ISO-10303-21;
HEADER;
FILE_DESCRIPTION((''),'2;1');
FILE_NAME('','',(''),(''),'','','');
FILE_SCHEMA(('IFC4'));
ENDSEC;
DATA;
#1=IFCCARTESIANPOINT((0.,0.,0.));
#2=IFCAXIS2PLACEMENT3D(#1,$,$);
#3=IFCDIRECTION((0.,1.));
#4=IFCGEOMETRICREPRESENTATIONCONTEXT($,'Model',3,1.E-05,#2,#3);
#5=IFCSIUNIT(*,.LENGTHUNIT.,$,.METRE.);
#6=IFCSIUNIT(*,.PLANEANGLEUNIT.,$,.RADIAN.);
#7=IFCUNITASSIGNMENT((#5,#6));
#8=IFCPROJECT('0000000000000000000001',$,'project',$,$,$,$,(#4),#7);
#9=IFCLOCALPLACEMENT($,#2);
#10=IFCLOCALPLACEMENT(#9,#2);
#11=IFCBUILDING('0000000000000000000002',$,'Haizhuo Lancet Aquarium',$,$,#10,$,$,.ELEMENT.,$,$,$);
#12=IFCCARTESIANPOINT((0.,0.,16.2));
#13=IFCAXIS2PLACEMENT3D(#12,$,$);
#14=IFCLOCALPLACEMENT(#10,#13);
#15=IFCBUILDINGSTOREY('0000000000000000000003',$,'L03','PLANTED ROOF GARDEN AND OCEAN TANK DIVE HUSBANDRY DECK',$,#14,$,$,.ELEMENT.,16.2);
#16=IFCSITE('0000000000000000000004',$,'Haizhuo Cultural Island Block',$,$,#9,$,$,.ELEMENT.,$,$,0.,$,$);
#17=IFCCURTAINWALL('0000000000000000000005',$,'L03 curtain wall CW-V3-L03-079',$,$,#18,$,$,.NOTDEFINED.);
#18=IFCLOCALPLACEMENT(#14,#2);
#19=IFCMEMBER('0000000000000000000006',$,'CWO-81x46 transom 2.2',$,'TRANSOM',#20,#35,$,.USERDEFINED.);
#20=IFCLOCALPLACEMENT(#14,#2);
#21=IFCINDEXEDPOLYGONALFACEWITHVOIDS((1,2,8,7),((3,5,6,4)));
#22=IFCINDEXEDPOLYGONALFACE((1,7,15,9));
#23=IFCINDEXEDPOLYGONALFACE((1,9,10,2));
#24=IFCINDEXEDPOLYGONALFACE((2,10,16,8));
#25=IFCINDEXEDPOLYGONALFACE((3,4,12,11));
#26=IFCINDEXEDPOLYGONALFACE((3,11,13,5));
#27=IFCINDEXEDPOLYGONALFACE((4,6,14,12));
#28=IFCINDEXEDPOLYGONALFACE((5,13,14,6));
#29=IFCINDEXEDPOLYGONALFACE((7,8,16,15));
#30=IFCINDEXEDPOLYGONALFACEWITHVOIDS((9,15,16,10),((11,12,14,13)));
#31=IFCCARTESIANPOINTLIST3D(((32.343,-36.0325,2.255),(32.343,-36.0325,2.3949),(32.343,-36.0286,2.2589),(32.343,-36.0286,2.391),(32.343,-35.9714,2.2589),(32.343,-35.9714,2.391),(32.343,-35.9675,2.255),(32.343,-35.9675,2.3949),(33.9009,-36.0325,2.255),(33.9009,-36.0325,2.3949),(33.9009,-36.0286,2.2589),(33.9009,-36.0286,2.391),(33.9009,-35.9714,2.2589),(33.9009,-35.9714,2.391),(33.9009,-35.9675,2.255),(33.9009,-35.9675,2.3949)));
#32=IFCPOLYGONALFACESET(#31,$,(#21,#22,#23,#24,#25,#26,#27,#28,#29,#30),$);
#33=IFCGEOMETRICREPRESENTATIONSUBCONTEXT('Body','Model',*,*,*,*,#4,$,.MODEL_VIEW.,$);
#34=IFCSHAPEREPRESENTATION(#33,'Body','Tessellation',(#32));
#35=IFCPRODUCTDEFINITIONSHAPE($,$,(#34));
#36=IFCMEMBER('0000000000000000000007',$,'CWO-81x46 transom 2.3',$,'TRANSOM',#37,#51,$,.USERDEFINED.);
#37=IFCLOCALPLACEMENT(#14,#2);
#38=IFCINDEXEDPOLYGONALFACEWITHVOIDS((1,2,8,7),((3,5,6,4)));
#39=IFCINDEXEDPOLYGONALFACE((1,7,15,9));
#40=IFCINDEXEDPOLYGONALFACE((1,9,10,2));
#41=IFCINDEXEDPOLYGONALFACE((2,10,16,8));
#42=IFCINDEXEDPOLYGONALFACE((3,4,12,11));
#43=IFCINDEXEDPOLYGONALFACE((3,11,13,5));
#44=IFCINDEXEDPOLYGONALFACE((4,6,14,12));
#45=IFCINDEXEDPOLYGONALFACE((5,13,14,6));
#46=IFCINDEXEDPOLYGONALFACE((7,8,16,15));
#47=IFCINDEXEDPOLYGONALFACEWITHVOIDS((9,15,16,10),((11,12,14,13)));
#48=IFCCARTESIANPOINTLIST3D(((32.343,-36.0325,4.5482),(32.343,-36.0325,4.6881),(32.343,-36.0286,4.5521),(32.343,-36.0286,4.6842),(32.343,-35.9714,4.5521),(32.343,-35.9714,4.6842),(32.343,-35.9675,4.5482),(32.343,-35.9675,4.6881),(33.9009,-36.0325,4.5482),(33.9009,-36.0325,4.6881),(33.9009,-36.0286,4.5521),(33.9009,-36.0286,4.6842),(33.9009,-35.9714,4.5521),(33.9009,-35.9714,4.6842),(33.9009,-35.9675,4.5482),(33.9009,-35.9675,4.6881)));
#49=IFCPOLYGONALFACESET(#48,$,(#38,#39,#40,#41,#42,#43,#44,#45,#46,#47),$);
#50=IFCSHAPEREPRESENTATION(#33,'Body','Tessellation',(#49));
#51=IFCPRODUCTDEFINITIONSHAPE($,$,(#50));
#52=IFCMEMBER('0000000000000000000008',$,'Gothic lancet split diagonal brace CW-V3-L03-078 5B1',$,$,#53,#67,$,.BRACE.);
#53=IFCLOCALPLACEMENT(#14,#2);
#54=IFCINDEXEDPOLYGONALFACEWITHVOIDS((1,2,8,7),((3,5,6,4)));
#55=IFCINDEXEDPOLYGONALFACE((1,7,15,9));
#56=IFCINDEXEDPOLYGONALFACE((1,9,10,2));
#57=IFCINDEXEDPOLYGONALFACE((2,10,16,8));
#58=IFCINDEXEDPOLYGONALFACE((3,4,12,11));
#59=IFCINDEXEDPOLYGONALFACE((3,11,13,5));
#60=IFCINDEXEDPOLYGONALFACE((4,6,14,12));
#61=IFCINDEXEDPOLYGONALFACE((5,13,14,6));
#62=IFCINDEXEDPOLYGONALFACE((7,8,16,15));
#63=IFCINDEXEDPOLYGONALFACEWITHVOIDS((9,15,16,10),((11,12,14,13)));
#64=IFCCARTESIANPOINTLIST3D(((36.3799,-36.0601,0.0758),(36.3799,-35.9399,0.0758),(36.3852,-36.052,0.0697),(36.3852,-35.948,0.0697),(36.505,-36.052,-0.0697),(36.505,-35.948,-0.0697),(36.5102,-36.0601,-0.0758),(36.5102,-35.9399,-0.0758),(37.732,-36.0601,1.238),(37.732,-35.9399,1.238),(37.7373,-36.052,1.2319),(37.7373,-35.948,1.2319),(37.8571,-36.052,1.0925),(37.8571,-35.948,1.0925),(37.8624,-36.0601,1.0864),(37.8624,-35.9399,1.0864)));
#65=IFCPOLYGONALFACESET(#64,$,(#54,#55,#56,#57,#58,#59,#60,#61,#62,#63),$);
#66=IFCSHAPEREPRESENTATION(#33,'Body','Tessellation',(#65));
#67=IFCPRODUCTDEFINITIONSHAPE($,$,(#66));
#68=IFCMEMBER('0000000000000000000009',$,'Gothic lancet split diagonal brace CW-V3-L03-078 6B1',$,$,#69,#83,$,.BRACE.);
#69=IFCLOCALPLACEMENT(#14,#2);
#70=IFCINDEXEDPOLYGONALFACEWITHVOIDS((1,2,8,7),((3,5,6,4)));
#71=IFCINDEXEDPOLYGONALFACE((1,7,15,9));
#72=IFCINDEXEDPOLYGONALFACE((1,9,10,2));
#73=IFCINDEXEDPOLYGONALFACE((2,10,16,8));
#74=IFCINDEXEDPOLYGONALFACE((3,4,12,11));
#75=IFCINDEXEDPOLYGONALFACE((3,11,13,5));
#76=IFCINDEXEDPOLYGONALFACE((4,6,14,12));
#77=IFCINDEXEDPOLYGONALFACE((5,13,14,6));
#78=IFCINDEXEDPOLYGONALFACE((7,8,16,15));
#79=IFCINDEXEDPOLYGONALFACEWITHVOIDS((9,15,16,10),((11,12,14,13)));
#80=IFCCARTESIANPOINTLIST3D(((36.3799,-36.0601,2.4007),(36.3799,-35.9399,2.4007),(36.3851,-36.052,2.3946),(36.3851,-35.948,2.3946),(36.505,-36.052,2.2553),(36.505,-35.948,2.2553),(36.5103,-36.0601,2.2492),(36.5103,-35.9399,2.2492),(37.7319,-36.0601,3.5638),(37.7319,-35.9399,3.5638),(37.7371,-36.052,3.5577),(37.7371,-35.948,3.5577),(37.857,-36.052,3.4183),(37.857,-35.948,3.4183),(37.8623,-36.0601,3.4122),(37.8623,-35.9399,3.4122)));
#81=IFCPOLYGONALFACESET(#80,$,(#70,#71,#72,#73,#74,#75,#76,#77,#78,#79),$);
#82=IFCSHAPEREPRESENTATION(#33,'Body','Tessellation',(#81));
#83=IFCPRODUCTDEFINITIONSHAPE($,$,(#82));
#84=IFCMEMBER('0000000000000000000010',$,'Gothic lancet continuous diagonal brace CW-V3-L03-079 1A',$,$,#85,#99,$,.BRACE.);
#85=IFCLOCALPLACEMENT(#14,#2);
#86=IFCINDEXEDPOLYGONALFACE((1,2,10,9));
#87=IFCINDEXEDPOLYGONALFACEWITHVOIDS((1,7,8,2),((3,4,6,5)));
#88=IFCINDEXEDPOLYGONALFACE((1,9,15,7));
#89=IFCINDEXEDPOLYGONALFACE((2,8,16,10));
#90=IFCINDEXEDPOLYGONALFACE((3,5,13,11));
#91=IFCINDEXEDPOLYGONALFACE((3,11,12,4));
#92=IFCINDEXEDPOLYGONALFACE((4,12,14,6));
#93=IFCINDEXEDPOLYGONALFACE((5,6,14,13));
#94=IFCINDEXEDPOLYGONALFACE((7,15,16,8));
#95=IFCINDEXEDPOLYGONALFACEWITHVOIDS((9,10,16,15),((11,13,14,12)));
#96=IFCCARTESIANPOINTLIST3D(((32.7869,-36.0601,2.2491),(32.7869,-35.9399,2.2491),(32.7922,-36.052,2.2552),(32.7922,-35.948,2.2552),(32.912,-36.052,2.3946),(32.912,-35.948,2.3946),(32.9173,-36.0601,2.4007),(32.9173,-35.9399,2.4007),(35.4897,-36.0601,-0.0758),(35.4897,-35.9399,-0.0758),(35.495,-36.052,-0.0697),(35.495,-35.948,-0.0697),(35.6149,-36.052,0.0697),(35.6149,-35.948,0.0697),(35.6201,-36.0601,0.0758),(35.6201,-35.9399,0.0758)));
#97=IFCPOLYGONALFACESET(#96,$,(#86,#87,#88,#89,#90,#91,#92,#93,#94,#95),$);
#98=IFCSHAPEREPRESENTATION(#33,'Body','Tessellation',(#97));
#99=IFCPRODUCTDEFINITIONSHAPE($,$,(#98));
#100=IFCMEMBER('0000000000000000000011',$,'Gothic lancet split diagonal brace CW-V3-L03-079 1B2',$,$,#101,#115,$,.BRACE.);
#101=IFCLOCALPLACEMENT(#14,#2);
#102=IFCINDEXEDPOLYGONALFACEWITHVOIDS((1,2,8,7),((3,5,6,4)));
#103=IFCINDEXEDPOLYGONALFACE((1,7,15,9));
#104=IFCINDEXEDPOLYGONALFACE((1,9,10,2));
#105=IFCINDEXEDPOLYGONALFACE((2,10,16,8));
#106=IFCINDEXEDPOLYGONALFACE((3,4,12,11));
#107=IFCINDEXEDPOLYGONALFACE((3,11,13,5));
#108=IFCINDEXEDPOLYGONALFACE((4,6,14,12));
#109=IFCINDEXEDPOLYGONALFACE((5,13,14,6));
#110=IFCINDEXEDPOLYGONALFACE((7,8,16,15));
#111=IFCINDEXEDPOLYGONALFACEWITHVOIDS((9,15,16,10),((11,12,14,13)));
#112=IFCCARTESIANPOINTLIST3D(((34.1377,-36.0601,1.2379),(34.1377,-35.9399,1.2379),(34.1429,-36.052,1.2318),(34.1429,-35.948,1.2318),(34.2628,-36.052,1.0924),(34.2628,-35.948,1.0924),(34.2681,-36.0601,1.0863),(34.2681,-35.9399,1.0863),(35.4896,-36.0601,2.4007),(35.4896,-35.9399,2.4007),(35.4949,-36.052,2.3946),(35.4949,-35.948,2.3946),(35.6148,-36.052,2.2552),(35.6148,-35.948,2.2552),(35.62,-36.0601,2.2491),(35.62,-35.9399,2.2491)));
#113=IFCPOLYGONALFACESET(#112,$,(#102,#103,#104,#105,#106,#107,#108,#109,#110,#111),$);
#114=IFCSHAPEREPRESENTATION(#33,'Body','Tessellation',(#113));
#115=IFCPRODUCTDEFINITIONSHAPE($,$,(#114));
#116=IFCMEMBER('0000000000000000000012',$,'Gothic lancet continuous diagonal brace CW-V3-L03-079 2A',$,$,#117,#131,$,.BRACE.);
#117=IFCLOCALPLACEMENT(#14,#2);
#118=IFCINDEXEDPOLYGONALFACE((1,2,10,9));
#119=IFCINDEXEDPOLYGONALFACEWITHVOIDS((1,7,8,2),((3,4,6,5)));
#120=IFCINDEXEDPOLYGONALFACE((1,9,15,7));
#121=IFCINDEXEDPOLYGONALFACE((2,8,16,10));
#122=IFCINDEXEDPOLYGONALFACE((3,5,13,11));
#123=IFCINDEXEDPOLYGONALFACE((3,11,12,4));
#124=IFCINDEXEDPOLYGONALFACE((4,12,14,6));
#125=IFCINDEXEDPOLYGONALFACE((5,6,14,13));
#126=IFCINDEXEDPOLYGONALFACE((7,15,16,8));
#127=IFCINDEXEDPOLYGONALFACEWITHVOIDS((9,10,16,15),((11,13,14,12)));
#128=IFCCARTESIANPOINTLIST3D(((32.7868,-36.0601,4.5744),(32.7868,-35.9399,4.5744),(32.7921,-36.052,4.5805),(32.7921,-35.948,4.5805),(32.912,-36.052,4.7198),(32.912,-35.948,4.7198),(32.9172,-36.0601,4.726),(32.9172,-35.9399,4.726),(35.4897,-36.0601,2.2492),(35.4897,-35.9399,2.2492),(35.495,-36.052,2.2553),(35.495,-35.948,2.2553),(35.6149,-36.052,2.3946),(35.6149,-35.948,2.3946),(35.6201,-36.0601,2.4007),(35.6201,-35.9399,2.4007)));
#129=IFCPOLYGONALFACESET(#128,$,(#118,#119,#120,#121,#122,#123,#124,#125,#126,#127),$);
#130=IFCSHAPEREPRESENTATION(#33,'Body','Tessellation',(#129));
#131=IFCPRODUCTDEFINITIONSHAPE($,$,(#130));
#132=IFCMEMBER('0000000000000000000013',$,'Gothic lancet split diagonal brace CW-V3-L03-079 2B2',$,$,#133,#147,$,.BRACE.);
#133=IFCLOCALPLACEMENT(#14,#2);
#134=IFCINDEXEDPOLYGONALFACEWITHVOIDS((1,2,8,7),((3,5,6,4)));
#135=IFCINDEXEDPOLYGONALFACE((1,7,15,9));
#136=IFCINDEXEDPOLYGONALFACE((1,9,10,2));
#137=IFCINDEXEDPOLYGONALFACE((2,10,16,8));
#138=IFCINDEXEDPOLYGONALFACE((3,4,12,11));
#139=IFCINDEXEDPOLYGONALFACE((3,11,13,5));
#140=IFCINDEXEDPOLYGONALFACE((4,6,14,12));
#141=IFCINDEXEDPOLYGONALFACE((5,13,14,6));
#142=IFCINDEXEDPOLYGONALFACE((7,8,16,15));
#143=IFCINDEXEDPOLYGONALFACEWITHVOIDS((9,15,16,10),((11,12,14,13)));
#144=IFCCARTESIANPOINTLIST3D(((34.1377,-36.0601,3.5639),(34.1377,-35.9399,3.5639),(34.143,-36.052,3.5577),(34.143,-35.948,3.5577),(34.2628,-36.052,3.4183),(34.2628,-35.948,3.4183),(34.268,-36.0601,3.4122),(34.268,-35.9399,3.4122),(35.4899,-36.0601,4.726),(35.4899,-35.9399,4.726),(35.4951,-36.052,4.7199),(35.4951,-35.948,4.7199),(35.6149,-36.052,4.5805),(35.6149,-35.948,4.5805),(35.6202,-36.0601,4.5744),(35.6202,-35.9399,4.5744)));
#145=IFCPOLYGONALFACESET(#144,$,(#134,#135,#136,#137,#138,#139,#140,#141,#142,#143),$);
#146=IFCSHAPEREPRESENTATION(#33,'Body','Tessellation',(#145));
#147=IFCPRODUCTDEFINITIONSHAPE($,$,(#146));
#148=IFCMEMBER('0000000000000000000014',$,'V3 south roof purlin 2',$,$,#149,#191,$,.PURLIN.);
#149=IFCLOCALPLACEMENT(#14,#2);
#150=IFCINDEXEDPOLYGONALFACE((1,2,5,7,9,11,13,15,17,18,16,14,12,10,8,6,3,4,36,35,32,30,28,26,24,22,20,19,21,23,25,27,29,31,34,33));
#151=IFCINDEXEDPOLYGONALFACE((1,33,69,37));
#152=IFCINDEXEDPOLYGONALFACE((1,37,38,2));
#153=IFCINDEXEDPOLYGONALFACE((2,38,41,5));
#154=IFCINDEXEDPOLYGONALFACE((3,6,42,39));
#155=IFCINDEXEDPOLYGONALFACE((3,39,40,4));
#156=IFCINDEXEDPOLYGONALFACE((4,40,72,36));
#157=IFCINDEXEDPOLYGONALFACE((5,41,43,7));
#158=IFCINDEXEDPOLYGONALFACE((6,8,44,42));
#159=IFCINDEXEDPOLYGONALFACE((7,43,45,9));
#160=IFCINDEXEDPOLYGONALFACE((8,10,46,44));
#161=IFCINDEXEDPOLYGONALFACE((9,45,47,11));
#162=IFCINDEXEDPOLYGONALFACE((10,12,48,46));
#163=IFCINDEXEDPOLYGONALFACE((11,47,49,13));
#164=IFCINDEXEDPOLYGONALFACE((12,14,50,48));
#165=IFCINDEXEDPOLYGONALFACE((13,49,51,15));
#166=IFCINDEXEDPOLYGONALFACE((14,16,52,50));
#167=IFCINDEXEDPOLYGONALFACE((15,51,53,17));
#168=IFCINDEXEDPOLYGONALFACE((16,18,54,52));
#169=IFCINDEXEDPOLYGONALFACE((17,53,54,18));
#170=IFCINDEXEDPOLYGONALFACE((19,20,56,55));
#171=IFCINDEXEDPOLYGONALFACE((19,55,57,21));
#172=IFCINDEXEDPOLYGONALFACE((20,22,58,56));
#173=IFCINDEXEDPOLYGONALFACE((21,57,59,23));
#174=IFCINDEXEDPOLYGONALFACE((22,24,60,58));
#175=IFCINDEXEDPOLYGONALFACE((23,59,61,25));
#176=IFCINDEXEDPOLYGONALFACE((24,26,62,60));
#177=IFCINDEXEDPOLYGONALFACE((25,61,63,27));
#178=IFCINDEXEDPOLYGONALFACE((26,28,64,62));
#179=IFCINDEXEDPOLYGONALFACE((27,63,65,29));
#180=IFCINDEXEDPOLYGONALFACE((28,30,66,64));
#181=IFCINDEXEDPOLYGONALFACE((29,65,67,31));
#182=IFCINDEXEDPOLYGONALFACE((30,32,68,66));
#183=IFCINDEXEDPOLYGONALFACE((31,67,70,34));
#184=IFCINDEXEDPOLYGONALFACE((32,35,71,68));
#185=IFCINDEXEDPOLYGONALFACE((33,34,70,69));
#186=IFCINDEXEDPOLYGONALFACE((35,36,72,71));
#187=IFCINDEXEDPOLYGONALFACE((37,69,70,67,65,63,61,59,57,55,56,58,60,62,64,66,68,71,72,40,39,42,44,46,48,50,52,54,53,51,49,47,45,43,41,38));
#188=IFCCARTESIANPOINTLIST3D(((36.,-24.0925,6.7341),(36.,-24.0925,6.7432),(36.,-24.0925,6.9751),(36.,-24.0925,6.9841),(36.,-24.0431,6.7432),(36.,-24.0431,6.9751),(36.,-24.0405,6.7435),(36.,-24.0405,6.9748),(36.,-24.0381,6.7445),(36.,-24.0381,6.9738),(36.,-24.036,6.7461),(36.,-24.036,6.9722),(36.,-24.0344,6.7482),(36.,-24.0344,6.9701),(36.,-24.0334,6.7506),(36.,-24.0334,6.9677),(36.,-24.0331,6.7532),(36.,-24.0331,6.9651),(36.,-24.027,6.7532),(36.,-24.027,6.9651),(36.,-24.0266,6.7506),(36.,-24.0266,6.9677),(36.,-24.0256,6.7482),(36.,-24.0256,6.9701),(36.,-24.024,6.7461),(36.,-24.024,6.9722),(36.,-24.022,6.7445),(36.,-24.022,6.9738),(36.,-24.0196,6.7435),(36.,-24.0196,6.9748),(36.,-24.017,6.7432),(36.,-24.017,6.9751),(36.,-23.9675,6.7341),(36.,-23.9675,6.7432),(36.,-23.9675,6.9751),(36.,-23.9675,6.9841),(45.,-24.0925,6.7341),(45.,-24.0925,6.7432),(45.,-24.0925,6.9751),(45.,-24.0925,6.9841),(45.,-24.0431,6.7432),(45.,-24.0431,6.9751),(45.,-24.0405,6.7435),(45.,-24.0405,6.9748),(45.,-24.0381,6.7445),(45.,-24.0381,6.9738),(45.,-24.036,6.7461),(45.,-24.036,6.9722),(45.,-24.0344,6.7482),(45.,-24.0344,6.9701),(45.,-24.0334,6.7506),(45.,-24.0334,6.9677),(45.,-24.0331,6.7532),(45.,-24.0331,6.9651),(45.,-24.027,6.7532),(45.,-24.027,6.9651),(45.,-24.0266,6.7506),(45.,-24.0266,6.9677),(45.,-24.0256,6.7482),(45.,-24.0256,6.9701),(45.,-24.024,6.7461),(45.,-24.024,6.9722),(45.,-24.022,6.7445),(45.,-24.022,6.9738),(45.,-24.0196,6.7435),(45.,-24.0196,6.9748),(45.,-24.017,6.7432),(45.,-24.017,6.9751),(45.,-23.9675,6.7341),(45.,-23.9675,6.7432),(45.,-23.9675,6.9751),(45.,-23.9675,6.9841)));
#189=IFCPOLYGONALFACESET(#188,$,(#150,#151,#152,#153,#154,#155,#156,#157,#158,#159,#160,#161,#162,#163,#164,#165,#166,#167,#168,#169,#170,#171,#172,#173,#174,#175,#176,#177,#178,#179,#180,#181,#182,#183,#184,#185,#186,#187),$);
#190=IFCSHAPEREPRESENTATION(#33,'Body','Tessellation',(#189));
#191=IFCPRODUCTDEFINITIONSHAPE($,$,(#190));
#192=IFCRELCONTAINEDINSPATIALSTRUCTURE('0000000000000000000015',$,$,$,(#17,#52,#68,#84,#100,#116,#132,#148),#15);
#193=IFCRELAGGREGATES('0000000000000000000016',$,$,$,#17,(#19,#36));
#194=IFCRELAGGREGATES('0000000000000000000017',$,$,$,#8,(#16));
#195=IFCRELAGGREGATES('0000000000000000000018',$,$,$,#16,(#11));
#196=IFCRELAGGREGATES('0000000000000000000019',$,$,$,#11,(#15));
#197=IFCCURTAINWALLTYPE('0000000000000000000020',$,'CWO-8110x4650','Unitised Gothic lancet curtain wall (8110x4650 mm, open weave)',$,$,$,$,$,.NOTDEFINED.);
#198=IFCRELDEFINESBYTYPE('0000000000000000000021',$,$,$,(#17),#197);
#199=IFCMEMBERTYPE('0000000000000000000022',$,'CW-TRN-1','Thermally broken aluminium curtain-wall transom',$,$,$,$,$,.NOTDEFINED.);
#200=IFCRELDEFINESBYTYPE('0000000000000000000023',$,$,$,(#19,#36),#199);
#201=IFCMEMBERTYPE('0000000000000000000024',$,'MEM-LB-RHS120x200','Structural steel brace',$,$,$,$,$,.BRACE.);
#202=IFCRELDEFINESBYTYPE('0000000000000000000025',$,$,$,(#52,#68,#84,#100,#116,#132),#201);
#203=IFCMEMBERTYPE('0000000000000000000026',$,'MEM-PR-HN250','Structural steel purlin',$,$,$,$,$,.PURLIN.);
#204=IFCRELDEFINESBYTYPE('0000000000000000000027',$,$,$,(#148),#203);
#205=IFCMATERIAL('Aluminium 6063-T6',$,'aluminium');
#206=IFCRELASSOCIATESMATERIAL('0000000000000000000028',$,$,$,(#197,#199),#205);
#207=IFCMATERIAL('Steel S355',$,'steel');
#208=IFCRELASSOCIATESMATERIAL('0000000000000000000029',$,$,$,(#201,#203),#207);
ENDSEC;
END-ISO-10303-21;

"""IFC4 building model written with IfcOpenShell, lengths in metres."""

from ifc_helpers import new_model, si_unit, direction, frame, origin, origin_2d, place, context, subcontext, project, spatial, hollow_rectangle, i_section, extrude, material, material_profile, profile_set, type_object, element, aggregate, save


model = new_model("IFC4")

# Units and contexts
model_context = context("Model", 3, precision=1e-05, world=origin(), true_north=direction((0.0, 1.0)))
body_context = subcontext(model_context, "Body", "Model", "MODEL_VIEW")
ifc_project = project(units=[si_unit("LENGTHUNIT", "METRE"), si_unit("PLANEANGLEUNIT", "RADIAN")], contexts=[model_context])

# Site, building, storey
site_placement = place(None, origin())
site = spatial("IfcSite", under=ifc_project, at=site_placement, Name="Haizhuo Cultural Island Block", CompositionType="ELEMENT", RefElevation=0.0)
building_placement = place(site_placement, origin())
building = spatial("IfcBuilding", under=site, at=building_placement, Name="Haizhuo Lancet Aquarium", CompositionType="ELEMENT")
storey_placement = place(building_placement, frame((0.0, 0.0, 16.2)))
storey = spatial("IfcBuildingStorey", under=building, at=storey_placement, Name="L03", Description="PLANTED ROOF GARDEN AND OCEAN TANK DIVE HUSBANDRY DECK", CompositionType="ELEMENT", Elevation=16.2)

# Curtain wall, members
ifc_material_1 = material(Name="Aluminium 6063-T6", Category="aluminium")
curtain_wall_type = type_object("IfcCurtainWallType", Name="CWO-8110x4650", Description="Unitised Gothic lancet curtain wall (8110x4650 mm, open weave)", PredefinedType="NOTDEFINED", material=ifc_material_1)
curtain_wall_placement = place(storey_placement, origin())
curtain_wall = element("IfcCurtainWall", 1, at=curtain_wall_placement, inside=storey, type_object=curtain_wall_type, Name="L03 curtain wall CW-V3-L03-079", PredefinedType="NOTDEFINED")
ifc_material_profile_1 = material_profile(ifc_material_1, hollow_rectangle(XDim=0.0649, YDim=0.1399, WallThickness=0.0039, at=origin_2d()), Name="ALU-T 65x140x4")
ifc_profile_set_1 = profile_set([ifc_material_profile_1], Name="Aluminium 6063-T6")
member_type_1 = type_object("IfcMemberType", Name="CW-TRN-1", Description="Thermally broken aluminium curtain-wall transom", PredefinedType="NOTDEFINED", material=ifc_profile_set_1)
member_1_placement = place(storey_placement, frame((33.9009, -36.0, 2.325), z_axis=(-1.0, 0.0, 0.0), x_axis=(0.0, -1.0, 0.0)))
member_1 = element("IfcMember", 2, at=member_1_placement, type_object=member_type_1, Name="CWO-81x46 transom 2.2", ObjectType="TRANSOM", PredefinedType="USERDEFINED", context=body_context, shape_type="SweptSolid", body=[
    extrude(hollow_rectangle(XDim=0.0649, YDim=0.1399, WallThickness=0.0039, at=origin_2d()), origin(), (0.0, 0.0, 1.0), 1.5579),
])
member_2_placement = place(storey_placement, frame((33.9009, -36.0, 4.6182), z_axis=(-1.0, 0.0, 0.0), x_axis=(0.0, -1.0, 0.0)))
member_2 = element("IfcMember", 3, at=member_2_placement, type_object=member_type_1, Name="CWO-81x46 transom 2.3", ObjectType="TRANSOM", PredefinedType="USERDEFINED", context=body_context, shape_type="SweptSolid", body=[
    extrude(hollow_rectangle(XDim=0.0649, YDim=0.1399, WallThickness=0.0039, at=origin_2d()), origin(), (0.0, 0.0, 1.0), 1.5579),
])

# Members
ifc_material_2 = material(Name="Steel S355", Category="steel")
ifc_material_profile_2 = material_profile(ifc_material_2, hollow_rectangle(XDim=0.1201, YDim=0.2, WallThickness=0.0081, at=origin_2d()), Name="RHS 120x200x8")
ifc_profile_set_2 = profile_set([ifc_material_profile_2], Name="Steel S355")
member_type_2 = type_object("IfcMemberType", Name="MEM-LB-RHS120x200", Description="Structural steel brace", PredefinedType="BRACE", material=ifc_profile_set_2)
member_3_placement = place(storey_placement, frame((36.4451, -36.0, 0.0), z_axis=(0.758367, 0.0, 0.651828), x_axis=(0.0, 1.0, 0.0)))
element("IfcMember", 4, at=member_3_placement, inside=storey, type_object=member_type_2, Name="Gothic lancet split diagonal brace CW-V3-L03-078 5B1", PredefinedType="BRACE", context=body_context, shape_type="SweptSolid", body=[
    extrude(hollow_rectangle(XDim=0.1201, YDim=0.2, WallThickness=0.0081, at=origin_2d()), origin(), (0.0, 0.0, 1.0), 1.783),
])
member_4_placement = place(storey_placement, frame((36.4451, -36.0, 2.325), z_axis=(0.758096, 0.0, 0.652143), x_axis=(0.0, 1.0, 0.0)))
element("IfcMember", 5, at=member_4_placement, inside=storey, type_object=member_type_2, Name="Gothic lancet split diagonal brace CW-V3-L03-078 6B1", PredefinedType="BRACE", context=body_context, shape_type="SweptSolid", body=[
    extrude(hollow_rectangle(XDim=0.1201, YDim=0.2, WallThickness=0.0081, at=origin_2d()), origin(), (0.0, 0.0, 1.0), 1.7834),
])
member_5_placement = place(storey_placement, frame((35.5549, -36.0, 0.0), z_axis=(-0.75812, 0.0, 0.652116), x_axis=(0.0, -1.0, 0.0)))
element("IfcMember", 6, at=member_5_placement, inside=storey, type_object=member_type_2, Name="Gothic lancet continuous diagonal brace CW-V3-L03-079 1A", PredefinedType="BRACE", context=body_context, shape_type="SweptSolid", body=[
    extrude(hollow_rectangle(XDim=0.1201, YDim=0.2, WallThickness=0.0081, at=origin_2d()), origin(), (0.0, 0.0, 1.0), 3.5652),
])
member_6_placement = place(storey_placement, frame((34.2029, -36.0, 1.1621), z_axis=(0.758164, 0.0, 0.652064), x_axis=(0.0, 1.0, 0.0)))
element("IfcMember", 7, at=member_6_placement, inside=storey, type_object=member_type_2, Name="Gothic lancet split diagonal brace CW-V3-L03-079 1B2", PredefinedType="BRACE", context=body_context, shape_type="SweptSolid", body=[
    extrude(hollow_rectangle(XDim=0.1201, YDim=0.2, WallThickness=0.0081, at=origin_2d()), origin(), (0.0, 0.0, 1.0), 1.7832),
])
member_7_placement = place(storey_placement, frame((35.5549, -36.0, 2.325), z_axis=(-0.758086, 0.0, 0.652155), x_axis=(0.0, -1.0, 0.0)))
element("IfcMember", 8, at=member_7_placement, inside=storey, type_object=member_type_2, Name="Gothic lancet continuous diagonal brace CW-V3-L03-079 2A", PredefinedType="BRACE", context=body_context, shape_type="SweptSolid", body=[
    extrude(hollow_rectangle(XDim=0.1201, YDim=0.2, WallThickness=0.0081, at=origin_2d()), origin(), (0.0, 0.0, 1.0), 3.5654),
])
member_8_placement = place(storey_placement, frame((34.2029, -36.0, 3.488), z_axis=(0.758367, 0.0, 0.651828), x_axis=(0.0, 1.0, 0.0)))
element("IfcMember", 9, at=member_8_placement, inside=storey, type_object=member_type_2, Name="Gothic lancet split diagonal brace CW-V3-L03-079 2B2", PredefinedType="BRACE", context=body_context, shape_type="SweptSolid", body=[
    extrude(hollow_rectangle(XDim=0.1201, YDim=0.2, WallThickness=0.0081, at=origin_2d()), origin(), (0.0, 0.0, 1.0), 1.783),
])
ifc_material_profile_3 = material_profile(ifc_material_2, i_section(OverallWidth=0.125, OverallDepth=0.25, WebThickness=0.0061, FlangeThickness=0.009, FilletRadius=0.01, at=origin_2d()), Name="HN 250x125x6x9")
ifc_profile_set_3 = profile_set([ifc_material_profile_3], Name="Steel S355")
member_type_3 = type_object("IfcMemberType", Name="MEM-PR-HN250", Description="Structural steel purlin", PredefinedType="PURLIN", material=ifc_profile_set_3)
member_9_placement = place(storey_placement, frame((36.0, -24.03, 6.8591), z_axis=(1.0, 0.0, 0.0), x_axis=(0.0, 1.0, 0.0)))
element("IfcMember", 10, at=member_9_placement, inside=storey, type_object=member_type_3, Name="V3 south roof purlin 2", PredefinedType="PURLIN", context=body_context, shape_type="SweptSolid", body=[
    extrude(i_section(OverallWidth=0.125, OverallDepth=0.25, WebThickness=0.0061, FlangeThickness=0.009, FilletRadius=0.01, at=origin_2d()), origin(), (0.0, 0.0, 1.0), 9.0),
])

aggregate(curtain_wall, [member_1, member_2])

save(model, "model.ifc")
